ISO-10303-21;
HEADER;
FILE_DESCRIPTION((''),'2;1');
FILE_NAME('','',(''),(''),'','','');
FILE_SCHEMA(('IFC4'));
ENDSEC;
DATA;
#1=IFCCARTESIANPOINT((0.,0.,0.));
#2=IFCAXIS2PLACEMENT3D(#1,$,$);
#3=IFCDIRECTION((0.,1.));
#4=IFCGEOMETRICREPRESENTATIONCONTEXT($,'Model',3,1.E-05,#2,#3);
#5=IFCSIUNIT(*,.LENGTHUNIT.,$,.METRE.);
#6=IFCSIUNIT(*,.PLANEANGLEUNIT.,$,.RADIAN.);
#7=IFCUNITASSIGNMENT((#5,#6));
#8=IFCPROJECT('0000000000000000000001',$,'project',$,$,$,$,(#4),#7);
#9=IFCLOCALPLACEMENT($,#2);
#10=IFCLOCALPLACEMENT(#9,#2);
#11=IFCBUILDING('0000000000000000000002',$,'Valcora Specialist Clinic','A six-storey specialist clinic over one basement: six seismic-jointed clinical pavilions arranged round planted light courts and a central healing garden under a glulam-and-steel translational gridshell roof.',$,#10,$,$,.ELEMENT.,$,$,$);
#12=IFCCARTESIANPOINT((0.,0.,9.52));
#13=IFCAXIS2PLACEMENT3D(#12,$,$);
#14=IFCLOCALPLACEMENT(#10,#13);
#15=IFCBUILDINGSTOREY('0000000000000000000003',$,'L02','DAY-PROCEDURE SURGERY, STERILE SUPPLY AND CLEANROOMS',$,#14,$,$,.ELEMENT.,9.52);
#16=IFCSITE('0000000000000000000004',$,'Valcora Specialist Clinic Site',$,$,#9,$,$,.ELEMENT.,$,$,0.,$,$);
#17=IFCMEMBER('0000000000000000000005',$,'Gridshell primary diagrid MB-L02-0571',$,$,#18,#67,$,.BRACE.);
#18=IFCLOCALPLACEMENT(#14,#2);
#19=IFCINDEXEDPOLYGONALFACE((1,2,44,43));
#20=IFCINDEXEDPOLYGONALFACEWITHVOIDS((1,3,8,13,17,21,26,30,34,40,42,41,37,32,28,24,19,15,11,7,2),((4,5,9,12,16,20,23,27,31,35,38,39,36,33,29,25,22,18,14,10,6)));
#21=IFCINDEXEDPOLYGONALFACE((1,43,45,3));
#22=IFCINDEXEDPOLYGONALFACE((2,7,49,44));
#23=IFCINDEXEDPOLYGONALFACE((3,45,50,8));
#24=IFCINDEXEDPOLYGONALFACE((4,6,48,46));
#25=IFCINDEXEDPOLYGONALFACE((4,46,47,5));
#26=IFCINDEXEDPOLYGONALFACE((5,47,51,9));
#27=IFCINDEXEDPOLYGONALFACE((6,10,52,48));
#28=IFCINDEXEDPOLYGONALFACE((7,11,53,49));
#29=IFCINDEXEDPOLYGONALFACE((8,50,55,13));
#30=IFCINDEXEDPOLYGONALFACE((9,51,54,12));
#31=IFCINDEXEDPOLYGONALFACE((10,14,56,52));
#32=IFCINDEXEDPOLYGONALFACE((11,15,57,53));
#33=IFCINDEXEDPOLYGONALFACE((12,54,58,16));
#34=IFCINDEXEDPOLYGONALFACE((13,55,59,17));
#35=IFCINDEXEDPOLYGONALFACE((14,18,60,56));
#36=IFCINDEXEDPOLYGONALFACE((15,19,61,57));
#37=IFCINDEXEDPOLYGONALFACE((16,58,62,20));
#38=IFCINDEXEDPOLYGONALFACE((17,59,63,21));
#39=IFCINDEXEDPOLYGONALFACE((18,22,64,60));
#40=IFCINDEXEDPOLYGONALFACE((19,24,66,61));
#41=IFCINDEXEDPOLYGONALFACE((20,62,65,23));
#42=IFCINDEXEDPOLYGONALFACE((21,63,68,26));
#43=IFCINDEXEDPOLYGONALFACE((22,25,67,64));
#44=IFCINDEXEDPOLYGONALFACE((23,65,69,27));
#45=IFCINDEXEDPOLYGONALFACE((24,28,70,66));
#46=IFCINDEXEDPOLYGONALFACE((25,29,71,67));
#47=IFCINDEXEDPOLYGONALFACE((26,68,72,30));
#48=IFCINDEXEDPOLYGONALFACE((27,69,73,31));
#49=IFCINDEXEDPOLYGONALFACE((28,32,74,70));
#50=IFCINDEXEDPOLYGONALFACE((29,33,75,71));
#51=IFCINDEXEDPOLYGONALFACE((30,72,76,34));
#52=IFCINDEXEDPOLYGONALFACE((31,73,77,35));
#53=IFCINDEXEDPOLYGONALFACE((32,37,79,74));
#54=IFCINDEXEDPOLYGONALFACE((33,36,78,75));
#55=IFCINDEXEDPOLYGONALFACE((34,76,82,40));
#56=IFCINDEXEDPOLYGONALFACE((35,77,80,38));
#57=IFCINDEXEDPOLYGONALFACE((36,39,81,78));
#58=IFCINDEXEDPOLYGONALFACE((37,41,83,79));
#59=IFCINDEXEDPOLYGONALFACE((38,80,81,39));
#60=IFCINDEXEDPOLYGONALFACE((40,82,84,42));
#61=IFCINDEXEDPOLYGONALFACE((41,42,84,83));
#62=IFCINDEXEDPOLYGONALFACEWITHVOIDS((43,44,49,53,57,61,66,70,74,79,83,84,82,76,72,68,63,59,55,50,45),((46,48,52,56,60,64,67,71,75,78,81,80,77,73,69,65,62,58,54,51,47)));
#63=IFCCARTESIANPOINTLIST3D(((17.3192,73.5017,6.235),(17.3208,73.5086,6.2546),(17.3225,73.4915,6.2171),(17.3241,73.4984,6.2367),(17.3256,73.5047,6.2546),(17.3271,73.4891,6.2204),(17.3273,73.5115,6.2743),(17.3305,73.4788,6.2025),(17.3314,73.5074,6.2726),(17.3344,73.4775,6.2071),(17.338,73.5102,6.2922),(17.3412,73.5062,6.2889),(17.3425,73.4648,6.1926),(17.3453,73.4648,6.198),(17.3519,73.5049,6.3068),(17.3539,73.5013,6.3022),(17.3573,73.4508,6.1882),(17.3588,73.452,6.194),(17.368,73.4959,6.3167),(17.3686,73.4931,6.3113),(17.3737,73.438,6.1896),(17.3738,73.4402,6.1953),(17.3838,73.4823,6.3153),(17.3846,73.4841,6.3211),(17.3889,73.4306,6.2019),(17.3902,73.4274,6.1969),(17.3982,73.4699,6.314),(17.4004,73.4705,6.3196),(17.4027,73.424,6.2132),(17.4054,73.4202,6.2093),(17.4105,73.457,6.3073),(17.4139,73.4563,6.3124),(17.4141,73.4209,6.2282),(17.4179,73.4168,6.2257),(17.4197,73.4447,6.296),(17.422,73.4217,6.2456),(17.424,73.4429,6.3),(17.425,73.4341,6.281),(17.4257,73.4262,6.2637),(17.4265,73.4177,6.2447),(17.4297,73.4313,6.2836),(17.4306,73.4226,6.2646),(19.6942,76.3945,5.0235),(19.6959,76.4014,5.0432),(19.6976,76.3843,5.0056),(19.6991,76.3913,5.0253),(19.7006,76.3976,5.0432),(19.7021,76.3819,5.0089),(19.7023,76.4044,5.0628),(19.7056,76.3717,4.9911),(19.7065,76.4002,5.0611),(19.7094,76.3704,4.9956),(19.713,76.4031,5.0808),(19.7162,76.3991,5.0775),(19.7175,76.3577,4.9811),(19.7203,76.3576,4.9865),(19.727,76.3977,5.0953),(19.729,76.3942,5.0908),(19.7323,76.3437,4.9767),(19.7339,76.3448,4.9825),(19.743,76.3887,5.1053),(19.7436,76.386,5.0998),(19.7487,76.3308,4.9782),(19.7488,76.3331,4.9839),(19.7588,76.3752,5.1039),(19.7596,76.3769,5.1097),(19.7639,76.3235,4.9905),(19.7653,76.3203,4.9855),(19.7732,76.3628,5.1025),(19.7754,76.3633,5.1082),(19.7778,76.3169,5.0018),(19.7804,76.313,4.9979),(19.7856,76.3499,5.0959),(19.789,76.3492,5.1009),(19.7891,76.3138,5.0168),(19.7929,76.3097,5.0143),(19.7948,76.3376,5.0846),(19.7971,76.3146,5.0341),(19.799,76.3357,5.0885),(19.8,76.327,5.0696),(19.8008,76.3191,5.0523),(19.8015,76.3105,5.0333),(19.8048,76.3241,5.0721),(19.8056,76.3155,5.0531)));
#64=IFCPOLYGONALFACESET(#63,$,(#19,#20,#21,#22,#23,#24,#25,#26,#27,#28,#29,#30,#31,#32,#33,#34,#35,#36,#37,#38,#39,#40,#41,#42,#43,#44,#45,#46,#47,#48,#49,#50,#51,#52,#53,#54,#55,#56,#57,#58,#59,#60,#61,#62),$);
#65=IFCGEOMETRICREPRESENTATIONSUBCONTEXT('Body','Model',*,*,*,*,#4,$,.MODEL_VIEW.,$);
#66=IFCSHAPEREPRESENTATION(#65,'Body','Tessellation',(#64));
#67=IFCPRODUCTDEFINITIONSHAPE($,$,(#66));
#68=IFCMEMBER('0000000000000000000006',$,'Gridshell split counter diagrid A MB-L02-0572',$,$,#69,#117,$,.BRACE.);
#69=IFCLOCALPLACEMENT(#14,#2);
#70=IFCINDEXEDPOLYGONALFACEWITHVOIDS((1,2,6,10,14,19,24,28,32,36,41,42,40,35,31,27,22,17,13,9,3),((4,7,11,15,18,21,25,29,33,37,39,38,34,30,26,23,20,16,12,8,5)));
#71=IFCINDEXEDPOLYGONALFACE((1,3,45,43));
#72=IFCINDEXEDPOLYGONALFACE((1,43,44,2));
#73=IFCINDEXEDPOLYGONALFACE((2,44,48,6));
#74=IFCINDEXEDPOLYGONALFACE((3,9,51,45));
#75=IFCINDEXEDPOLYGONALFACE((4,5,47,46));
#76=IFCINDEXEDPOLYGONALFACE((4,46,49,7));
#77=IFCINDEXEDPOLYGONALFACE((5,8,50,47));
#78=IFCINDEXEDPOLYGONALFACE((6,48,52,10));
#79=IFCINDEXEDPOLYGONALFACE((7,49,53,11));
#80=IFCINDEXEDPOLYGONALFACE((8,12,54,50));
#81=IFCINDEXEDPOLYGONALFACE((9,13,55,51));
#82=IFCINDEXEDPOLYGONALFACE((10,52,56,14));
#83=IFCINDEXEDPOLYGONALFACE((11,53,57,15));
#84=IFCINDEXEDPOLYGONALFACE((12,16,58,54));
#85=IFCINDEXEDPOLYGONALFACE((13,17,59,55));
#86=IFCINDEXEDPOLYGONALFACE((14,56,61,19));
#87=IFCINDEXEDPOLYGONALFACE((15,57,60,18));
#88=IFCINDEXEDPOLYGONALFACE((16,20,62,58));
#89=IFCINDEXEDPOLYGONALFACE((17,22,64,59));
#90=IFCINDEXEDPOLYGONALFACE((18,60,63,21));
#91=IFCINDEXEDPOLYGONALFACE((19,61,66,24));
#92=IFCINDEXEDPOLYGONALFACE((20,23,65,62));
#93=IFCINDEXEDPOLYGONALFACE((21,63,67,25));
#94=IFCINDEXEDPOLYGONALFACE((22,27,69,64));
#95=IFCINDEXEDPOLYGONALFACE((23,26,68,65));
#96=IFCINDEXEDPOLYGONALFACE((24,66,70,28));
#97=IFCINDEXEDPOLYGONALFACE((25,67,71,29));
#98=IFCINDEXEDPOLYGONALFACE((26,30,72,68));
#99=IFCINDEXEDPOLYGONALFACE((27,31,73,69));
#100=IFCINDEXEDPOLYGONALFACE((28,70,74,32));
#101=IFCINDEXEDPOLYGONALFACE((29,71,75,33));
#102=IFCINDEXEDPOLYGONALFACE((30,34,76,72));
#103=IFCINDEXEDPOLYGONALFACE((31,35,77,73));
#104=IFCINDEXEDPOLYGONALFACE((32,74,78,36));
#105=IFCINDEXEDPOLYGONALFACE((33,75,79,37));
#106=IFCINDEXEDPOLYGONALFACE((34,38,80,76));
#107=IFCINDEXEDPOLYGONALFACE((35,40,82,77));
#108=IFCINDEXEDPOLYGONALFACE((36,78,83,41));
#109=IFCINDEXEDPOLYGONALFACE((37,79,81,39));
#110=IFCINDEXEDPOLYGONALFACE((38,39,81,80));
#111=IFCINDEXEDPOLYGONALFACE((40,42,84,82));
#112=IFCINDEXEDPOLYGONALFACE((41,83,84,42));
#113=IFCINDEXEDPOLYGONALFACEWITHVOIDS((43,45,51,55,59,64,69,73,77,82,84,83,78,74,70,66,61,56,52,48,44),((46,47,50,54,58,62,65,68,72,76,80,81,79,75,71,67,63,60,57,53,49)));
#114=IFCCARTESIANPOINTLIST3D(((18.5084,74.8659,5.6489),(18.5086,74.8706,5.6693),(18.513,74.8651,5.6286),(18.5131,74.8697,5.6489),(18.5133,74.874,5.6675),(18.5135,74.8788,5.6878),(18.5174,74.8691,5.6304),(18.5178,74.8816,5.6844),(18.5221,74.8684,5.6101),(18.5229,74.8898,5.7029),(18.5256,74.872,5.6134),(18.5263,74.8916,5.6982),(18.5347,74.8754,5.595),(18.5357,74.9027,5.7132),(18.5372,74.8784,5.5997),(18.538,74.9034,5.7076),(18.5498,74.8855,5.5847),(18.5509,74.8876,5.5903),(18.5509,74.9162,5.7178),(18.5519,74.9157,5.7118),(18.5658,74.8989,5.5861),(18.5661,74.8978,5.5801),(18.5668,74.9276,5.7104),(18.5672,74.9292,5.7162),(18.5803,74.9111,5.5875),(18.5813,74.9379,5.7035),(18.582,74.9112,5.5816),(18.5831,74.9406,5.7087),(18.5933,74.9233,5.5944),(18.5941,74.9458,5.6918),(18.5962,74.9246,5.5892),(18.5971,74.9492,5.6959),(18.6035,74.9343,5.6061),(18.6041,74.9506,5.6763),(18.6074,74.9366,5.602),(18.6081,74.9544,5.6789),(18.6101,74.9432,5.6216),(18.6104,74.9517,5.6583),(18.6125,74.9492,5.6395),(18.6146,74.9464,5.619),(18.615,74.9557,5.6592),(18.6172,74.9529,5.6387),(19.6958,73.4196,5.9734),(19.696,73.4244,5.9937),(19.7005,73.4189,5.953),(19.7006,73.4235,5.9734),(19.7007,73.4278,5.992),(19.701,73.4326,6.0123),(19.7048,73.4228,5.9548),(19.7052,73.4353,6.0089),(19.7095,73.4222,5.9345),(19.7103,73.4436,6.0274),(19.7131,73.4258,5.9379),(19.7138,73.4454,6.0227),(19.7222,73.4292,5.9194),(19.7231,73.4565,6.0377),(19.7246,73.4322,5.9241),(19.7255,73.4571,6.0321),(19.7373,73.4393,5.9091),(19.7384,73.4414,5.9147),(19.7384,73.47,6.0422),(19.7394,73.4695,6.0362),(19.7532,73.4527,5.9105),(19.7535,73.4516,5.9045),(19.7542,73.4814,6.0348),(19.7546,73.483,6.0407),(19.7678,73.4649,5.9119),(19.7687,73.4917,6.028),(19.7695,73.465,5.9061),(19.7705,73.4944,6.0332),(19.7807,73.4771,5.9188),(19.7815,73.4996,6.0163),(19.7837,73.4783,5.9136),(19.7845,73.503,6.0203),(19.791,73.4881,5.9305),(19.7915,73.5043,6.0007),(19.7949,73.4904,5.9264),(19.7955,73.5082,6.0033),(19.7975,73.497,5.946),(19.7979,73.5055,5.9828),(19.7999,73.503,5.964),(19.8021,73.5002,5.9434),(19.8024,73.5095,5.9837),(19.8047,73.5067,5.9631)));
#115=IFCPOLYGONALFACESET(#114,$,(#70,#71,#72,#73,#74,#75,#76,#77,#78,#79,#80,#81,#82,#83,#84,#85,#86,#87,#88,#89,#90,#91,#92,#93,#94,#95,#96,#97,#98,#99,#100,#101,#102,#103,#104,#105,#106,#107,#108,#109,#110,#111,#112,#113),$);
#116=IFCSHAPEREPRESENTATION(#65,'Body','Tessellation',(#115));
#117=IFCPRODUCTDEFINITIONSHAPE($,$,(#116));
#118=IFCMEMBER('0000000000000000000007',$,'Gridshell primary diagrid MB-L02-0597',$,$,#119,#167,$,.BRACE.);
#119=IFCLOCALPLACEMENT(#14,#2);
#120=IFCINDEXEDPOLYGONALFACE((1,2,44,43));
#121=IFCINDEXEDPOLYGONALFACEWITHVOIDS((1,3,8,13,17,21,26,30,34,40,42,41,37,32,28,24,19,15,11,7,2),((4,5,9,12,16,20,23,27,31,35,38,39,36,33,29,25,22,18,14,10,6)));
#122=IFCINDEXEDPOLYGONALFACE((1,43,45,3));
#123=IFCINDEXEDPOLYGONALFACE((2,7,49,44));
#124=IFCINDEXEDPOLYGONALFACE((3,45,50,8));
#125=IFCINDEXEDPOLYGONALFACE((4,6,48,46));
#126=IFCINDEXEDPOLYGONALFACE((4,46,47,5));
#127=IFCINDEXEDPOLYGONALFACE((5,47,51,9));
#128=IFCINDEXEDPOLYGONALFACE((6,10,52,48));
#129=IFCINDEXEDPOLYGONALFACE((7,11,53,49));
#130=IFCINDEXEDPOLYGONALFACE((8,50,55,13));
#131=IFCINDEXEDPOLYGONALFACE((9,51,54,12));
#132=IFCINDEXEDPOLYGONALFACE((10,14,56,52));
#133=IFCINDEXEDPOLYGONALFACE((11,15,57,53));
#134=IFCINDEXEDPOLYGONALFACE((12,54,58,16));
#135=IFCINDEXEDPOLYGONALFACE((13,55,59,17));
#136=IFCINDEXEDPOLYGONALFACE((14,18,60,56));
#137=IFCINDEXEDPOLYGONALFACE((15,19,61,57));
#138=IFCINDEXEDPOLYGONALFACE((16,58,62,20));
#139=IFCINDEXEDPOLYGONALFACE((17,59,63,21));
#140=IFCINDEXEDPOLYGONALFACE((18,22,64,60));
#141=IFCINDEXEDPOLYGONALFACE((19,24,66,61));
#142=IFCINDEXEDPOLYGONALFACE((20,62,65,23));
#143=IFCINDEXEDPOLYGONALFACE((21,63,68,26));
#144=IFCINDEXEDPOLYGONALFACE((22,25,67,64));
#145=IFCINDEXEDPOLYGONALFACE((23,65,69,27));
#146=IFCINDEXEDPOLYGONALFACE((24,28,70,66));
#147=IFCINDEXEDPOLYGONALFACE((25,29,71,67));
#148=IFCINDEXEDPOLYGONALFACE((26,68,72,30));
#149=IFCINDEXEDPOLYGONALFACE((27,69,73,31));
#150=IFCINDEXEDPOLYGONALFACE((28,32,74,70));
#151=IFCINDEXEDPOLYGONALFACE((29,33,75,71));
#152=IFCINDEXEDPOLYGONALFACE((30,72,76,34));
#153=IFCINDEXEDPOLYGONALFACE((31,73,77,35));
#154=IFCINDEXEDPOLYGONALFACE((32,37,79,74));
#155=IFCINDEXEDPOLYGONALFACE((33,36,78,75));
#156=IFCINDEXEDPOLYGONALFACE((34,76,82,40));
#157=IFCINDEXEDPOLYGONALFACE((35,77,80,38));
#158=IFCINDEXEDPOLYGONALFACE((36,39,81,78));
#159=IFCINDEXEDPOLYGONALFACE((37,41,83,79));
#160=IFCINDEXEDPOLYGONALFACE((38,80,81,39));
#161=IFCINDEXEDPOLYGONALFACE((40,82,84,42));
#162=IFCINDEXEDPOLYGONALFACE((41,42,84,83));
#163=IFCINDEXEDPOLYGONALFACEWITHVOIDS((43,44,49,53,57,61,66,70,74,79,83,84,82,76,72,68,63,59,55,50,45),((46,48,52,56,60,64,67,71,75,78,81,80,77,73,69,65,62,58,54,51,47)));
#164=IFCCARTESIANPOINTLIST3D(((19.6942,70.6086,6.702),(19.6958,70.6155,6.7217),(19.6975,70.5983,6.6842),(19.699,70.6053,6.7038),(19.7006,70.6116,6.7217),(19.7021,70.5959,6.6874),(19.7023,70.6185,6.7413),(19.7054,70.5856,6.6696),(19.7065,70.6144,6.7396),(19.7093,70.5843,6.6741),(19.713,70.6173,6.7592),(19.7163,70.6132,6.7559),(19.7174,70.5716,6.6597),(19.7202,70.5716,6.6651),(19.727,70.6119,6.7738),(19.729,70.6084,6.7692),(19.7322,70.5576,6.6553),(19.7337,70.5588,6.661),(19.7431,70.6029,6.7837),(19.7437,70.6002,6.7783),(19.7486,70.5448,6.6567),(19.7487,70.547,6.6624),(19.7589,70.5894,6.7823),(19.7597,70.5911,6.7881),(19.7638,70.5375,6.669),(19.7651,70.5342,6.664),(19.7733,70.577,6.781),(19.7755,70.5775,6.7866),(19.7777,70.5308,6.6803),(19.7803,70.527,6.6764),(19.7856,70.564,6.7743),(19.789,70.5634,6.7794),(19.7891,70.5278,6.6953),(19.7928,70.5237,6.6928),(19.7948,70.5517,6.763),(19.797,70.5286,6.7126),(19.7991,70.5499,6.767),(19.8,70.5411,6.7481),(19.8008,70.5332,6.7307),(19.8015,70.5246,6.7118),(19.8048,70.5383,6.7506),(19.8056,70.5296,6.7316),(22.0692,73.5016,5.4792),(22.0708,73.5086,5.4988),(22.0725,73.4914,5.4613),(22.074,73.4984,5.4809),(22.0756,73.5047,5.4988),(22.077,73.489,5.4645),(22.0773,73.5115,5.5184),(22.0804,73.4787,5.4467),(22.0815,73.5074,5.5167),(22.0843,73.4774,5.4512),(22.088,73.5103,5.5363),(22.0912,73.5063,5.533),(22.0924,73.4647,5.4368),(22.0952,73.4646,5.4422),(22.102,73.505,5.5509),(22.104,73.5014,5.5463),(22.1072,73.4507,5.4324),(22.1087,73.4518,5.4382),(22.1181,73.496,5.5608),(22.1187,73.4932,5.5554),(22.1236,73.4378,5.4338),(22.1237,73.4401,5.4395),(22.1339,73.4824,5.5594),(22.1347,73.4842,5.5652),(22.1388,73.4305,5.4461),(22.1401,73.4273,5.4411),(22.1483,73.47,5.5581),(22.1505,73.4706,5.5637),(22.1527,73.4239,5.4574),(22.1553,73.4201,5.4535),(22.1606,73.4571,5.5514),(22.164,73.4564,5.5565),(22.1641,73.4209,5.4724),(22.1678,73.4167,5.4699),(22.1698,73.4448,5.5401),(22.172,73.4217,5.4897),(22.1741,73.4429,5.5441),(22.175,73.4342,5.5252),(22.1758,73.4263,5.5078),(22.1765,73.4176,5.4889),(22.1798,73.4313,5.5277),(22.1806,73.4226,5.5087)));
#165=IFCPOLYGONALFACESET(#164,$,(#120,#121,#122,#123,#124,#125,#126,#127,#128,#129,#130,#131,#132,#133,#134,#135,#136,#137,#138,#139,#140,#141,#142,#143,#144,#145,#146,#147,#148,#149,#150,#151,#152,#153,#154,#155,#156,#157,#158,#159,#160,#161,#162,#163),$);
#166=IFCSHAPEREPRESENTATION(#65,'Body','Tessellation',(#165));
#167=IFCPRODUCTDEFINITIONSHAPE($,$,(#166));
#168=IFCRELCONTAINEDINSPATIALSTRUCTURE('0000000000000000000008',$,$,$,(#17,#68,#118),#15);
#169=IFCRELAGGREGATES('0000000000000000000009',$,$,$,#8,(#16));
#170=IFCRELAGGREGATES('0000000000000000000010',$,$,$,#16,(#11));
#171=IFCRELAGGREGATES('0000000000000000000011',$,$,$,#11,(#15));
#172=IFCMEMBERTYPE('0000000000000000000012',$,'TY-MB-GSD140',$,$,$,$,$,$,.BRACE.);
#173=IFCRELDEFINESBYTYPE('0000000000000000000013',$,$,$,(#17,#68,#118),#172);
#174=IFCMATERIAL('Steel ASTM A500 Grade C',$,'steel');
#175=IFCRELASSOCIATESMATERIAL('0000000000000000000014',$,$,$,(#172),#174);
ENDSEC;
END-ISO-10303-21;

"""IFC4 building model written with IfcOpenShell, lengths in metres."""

from ifc_helpers import new_model, si_unit, direction, frame, origin, origin_2d, place, context, subcontext, project, spatial, hollow_circle, extrude, material, material_profile, profile_set, type_object, element, save


model = new_model("IFC4")

# Units and contexts
model_context = context("Model", 3, precision=1e-05, world=origin(), true_north=direction((0.0, 1.0)))
body_context = subcontext(model_context, "Body", "Model", "MODEL_VIEW")
ifc_project = project(units=[si_unit("LENGTHUNIT", "METRE"), si_unit("PLANEANGLEUNIT", "RADIAN")], contexts=[model_context])

# Site, building, storey
site_placement = place(None, origin())
site = spatial("IfcSite", under=ifc_project, at=site_placement, Name="Valcora Specialist Clinic Site", CompositionType="ELEMENT", RefElevation=0.0)
building_placement = place(site_placement, origin())
building = spatial("IfcBuilding", under=site, at=building_placement, Name="Valcora Specialist Clinic", Description="A six-storey specialist clinic over one basement: six seismic-jointed clinical pavilions arranged round planted light courts and a central healing garden under a glulam-and-steel translational gridshell roof.", CompositionType="ELEMENT")
storey_placement = place(building_placement, frame((0.0, 0.0, 9.52)))
storey = spatial("IfcBuildingStorey", under=building, at=storey_placement, Name="L02", Description="DAY-PROCEDURE SURGERY, STERILE SUPPLY AND CLEANROOMS", CompositionType="ELEMENT", Elevation=9.52)

# Members
ifc_material_1 = material(Name="Steel ASTM A500 Grade C", Category="steel")
ifc_material_profile_1 = material_profile(ifc_material_1, hollow_circle(Radius=0.0701, WallThickness=0.0061, at=origin_2d()), Name="ST-CHS-140X6")
ifc_profile_set_1 = profile_set([ifc_material_profile_1], Name="Steel ASTM A500 Grade C")
member_type_1 = type_object("IfcMemberType", Name="TY-MB-GSD140", PredefinedType="BRACE", material=ifc_profile_set_1)
member_1_placement = place(storey_placement, frame((17.375, 73.4641, 6.2546), z_axis=(0.603707, 0.735333, -0.307935), x_axis=(-0.77289, 0.63454, 0.0)))
element("IfcMember", 1, at=member_1_placement, inside=storey, type_object=member_type_1, Name="Gridshell primary diagrid MB-L02-0571", PredefinedType="BRACE", context=body_context, shape_type="SweptSolid", body=[
    extrude(hollow_circle(Radius=0.0701, WallThickness=0.0061, at=origin_2d()), origin(), (0.0, 0.0, 1.0), 3.9341),
])
member_2_placement = place(storey_placement, frame((19.75, 73.4641, 5.9734), z_axis=(-0.625244, 0.761502, -0.170837), x_axis=(-0.772863, -0.634572, 0.0)))
element("IfcMember", 2, at=member_2_placement, inside=storey, type_object=member_type_1, Name="Gridshell split counter diagrid A MB-L02-0572", PredefinedType="BRACE", context=body_context, shape_type="SweptSolid", body=[
    extrude(hollow_circle(Radius=0.0701, WallThickness=0.0061, at=origin_2d()), origin(), (0.0, 0.0, 1.0), 1.8992),
])
member_3_placement = place(storey_placement, frame((19.75, 70.571, 6.7217), z_axis=(0.603135, 0.734699, -0.310557), x_axis=(-0.772916, 0.634508, 0.0)))
element("IfcMember", 3, at=member_3_placement, inside=storey, type_object=member_type_1, Name="Gridshell primary diagrid MB-L02-0597", PredefinedType="BRACE", context=body_context, shape_type="SweptSolid", body=[
    extrude(hollow_circle(Radius=0.0701, WallThickness=0.0061, at=origin_2d()), origin(), (0.0, 0.0, 1.0), 3.9377),
])

save(model, "model.ifc")
